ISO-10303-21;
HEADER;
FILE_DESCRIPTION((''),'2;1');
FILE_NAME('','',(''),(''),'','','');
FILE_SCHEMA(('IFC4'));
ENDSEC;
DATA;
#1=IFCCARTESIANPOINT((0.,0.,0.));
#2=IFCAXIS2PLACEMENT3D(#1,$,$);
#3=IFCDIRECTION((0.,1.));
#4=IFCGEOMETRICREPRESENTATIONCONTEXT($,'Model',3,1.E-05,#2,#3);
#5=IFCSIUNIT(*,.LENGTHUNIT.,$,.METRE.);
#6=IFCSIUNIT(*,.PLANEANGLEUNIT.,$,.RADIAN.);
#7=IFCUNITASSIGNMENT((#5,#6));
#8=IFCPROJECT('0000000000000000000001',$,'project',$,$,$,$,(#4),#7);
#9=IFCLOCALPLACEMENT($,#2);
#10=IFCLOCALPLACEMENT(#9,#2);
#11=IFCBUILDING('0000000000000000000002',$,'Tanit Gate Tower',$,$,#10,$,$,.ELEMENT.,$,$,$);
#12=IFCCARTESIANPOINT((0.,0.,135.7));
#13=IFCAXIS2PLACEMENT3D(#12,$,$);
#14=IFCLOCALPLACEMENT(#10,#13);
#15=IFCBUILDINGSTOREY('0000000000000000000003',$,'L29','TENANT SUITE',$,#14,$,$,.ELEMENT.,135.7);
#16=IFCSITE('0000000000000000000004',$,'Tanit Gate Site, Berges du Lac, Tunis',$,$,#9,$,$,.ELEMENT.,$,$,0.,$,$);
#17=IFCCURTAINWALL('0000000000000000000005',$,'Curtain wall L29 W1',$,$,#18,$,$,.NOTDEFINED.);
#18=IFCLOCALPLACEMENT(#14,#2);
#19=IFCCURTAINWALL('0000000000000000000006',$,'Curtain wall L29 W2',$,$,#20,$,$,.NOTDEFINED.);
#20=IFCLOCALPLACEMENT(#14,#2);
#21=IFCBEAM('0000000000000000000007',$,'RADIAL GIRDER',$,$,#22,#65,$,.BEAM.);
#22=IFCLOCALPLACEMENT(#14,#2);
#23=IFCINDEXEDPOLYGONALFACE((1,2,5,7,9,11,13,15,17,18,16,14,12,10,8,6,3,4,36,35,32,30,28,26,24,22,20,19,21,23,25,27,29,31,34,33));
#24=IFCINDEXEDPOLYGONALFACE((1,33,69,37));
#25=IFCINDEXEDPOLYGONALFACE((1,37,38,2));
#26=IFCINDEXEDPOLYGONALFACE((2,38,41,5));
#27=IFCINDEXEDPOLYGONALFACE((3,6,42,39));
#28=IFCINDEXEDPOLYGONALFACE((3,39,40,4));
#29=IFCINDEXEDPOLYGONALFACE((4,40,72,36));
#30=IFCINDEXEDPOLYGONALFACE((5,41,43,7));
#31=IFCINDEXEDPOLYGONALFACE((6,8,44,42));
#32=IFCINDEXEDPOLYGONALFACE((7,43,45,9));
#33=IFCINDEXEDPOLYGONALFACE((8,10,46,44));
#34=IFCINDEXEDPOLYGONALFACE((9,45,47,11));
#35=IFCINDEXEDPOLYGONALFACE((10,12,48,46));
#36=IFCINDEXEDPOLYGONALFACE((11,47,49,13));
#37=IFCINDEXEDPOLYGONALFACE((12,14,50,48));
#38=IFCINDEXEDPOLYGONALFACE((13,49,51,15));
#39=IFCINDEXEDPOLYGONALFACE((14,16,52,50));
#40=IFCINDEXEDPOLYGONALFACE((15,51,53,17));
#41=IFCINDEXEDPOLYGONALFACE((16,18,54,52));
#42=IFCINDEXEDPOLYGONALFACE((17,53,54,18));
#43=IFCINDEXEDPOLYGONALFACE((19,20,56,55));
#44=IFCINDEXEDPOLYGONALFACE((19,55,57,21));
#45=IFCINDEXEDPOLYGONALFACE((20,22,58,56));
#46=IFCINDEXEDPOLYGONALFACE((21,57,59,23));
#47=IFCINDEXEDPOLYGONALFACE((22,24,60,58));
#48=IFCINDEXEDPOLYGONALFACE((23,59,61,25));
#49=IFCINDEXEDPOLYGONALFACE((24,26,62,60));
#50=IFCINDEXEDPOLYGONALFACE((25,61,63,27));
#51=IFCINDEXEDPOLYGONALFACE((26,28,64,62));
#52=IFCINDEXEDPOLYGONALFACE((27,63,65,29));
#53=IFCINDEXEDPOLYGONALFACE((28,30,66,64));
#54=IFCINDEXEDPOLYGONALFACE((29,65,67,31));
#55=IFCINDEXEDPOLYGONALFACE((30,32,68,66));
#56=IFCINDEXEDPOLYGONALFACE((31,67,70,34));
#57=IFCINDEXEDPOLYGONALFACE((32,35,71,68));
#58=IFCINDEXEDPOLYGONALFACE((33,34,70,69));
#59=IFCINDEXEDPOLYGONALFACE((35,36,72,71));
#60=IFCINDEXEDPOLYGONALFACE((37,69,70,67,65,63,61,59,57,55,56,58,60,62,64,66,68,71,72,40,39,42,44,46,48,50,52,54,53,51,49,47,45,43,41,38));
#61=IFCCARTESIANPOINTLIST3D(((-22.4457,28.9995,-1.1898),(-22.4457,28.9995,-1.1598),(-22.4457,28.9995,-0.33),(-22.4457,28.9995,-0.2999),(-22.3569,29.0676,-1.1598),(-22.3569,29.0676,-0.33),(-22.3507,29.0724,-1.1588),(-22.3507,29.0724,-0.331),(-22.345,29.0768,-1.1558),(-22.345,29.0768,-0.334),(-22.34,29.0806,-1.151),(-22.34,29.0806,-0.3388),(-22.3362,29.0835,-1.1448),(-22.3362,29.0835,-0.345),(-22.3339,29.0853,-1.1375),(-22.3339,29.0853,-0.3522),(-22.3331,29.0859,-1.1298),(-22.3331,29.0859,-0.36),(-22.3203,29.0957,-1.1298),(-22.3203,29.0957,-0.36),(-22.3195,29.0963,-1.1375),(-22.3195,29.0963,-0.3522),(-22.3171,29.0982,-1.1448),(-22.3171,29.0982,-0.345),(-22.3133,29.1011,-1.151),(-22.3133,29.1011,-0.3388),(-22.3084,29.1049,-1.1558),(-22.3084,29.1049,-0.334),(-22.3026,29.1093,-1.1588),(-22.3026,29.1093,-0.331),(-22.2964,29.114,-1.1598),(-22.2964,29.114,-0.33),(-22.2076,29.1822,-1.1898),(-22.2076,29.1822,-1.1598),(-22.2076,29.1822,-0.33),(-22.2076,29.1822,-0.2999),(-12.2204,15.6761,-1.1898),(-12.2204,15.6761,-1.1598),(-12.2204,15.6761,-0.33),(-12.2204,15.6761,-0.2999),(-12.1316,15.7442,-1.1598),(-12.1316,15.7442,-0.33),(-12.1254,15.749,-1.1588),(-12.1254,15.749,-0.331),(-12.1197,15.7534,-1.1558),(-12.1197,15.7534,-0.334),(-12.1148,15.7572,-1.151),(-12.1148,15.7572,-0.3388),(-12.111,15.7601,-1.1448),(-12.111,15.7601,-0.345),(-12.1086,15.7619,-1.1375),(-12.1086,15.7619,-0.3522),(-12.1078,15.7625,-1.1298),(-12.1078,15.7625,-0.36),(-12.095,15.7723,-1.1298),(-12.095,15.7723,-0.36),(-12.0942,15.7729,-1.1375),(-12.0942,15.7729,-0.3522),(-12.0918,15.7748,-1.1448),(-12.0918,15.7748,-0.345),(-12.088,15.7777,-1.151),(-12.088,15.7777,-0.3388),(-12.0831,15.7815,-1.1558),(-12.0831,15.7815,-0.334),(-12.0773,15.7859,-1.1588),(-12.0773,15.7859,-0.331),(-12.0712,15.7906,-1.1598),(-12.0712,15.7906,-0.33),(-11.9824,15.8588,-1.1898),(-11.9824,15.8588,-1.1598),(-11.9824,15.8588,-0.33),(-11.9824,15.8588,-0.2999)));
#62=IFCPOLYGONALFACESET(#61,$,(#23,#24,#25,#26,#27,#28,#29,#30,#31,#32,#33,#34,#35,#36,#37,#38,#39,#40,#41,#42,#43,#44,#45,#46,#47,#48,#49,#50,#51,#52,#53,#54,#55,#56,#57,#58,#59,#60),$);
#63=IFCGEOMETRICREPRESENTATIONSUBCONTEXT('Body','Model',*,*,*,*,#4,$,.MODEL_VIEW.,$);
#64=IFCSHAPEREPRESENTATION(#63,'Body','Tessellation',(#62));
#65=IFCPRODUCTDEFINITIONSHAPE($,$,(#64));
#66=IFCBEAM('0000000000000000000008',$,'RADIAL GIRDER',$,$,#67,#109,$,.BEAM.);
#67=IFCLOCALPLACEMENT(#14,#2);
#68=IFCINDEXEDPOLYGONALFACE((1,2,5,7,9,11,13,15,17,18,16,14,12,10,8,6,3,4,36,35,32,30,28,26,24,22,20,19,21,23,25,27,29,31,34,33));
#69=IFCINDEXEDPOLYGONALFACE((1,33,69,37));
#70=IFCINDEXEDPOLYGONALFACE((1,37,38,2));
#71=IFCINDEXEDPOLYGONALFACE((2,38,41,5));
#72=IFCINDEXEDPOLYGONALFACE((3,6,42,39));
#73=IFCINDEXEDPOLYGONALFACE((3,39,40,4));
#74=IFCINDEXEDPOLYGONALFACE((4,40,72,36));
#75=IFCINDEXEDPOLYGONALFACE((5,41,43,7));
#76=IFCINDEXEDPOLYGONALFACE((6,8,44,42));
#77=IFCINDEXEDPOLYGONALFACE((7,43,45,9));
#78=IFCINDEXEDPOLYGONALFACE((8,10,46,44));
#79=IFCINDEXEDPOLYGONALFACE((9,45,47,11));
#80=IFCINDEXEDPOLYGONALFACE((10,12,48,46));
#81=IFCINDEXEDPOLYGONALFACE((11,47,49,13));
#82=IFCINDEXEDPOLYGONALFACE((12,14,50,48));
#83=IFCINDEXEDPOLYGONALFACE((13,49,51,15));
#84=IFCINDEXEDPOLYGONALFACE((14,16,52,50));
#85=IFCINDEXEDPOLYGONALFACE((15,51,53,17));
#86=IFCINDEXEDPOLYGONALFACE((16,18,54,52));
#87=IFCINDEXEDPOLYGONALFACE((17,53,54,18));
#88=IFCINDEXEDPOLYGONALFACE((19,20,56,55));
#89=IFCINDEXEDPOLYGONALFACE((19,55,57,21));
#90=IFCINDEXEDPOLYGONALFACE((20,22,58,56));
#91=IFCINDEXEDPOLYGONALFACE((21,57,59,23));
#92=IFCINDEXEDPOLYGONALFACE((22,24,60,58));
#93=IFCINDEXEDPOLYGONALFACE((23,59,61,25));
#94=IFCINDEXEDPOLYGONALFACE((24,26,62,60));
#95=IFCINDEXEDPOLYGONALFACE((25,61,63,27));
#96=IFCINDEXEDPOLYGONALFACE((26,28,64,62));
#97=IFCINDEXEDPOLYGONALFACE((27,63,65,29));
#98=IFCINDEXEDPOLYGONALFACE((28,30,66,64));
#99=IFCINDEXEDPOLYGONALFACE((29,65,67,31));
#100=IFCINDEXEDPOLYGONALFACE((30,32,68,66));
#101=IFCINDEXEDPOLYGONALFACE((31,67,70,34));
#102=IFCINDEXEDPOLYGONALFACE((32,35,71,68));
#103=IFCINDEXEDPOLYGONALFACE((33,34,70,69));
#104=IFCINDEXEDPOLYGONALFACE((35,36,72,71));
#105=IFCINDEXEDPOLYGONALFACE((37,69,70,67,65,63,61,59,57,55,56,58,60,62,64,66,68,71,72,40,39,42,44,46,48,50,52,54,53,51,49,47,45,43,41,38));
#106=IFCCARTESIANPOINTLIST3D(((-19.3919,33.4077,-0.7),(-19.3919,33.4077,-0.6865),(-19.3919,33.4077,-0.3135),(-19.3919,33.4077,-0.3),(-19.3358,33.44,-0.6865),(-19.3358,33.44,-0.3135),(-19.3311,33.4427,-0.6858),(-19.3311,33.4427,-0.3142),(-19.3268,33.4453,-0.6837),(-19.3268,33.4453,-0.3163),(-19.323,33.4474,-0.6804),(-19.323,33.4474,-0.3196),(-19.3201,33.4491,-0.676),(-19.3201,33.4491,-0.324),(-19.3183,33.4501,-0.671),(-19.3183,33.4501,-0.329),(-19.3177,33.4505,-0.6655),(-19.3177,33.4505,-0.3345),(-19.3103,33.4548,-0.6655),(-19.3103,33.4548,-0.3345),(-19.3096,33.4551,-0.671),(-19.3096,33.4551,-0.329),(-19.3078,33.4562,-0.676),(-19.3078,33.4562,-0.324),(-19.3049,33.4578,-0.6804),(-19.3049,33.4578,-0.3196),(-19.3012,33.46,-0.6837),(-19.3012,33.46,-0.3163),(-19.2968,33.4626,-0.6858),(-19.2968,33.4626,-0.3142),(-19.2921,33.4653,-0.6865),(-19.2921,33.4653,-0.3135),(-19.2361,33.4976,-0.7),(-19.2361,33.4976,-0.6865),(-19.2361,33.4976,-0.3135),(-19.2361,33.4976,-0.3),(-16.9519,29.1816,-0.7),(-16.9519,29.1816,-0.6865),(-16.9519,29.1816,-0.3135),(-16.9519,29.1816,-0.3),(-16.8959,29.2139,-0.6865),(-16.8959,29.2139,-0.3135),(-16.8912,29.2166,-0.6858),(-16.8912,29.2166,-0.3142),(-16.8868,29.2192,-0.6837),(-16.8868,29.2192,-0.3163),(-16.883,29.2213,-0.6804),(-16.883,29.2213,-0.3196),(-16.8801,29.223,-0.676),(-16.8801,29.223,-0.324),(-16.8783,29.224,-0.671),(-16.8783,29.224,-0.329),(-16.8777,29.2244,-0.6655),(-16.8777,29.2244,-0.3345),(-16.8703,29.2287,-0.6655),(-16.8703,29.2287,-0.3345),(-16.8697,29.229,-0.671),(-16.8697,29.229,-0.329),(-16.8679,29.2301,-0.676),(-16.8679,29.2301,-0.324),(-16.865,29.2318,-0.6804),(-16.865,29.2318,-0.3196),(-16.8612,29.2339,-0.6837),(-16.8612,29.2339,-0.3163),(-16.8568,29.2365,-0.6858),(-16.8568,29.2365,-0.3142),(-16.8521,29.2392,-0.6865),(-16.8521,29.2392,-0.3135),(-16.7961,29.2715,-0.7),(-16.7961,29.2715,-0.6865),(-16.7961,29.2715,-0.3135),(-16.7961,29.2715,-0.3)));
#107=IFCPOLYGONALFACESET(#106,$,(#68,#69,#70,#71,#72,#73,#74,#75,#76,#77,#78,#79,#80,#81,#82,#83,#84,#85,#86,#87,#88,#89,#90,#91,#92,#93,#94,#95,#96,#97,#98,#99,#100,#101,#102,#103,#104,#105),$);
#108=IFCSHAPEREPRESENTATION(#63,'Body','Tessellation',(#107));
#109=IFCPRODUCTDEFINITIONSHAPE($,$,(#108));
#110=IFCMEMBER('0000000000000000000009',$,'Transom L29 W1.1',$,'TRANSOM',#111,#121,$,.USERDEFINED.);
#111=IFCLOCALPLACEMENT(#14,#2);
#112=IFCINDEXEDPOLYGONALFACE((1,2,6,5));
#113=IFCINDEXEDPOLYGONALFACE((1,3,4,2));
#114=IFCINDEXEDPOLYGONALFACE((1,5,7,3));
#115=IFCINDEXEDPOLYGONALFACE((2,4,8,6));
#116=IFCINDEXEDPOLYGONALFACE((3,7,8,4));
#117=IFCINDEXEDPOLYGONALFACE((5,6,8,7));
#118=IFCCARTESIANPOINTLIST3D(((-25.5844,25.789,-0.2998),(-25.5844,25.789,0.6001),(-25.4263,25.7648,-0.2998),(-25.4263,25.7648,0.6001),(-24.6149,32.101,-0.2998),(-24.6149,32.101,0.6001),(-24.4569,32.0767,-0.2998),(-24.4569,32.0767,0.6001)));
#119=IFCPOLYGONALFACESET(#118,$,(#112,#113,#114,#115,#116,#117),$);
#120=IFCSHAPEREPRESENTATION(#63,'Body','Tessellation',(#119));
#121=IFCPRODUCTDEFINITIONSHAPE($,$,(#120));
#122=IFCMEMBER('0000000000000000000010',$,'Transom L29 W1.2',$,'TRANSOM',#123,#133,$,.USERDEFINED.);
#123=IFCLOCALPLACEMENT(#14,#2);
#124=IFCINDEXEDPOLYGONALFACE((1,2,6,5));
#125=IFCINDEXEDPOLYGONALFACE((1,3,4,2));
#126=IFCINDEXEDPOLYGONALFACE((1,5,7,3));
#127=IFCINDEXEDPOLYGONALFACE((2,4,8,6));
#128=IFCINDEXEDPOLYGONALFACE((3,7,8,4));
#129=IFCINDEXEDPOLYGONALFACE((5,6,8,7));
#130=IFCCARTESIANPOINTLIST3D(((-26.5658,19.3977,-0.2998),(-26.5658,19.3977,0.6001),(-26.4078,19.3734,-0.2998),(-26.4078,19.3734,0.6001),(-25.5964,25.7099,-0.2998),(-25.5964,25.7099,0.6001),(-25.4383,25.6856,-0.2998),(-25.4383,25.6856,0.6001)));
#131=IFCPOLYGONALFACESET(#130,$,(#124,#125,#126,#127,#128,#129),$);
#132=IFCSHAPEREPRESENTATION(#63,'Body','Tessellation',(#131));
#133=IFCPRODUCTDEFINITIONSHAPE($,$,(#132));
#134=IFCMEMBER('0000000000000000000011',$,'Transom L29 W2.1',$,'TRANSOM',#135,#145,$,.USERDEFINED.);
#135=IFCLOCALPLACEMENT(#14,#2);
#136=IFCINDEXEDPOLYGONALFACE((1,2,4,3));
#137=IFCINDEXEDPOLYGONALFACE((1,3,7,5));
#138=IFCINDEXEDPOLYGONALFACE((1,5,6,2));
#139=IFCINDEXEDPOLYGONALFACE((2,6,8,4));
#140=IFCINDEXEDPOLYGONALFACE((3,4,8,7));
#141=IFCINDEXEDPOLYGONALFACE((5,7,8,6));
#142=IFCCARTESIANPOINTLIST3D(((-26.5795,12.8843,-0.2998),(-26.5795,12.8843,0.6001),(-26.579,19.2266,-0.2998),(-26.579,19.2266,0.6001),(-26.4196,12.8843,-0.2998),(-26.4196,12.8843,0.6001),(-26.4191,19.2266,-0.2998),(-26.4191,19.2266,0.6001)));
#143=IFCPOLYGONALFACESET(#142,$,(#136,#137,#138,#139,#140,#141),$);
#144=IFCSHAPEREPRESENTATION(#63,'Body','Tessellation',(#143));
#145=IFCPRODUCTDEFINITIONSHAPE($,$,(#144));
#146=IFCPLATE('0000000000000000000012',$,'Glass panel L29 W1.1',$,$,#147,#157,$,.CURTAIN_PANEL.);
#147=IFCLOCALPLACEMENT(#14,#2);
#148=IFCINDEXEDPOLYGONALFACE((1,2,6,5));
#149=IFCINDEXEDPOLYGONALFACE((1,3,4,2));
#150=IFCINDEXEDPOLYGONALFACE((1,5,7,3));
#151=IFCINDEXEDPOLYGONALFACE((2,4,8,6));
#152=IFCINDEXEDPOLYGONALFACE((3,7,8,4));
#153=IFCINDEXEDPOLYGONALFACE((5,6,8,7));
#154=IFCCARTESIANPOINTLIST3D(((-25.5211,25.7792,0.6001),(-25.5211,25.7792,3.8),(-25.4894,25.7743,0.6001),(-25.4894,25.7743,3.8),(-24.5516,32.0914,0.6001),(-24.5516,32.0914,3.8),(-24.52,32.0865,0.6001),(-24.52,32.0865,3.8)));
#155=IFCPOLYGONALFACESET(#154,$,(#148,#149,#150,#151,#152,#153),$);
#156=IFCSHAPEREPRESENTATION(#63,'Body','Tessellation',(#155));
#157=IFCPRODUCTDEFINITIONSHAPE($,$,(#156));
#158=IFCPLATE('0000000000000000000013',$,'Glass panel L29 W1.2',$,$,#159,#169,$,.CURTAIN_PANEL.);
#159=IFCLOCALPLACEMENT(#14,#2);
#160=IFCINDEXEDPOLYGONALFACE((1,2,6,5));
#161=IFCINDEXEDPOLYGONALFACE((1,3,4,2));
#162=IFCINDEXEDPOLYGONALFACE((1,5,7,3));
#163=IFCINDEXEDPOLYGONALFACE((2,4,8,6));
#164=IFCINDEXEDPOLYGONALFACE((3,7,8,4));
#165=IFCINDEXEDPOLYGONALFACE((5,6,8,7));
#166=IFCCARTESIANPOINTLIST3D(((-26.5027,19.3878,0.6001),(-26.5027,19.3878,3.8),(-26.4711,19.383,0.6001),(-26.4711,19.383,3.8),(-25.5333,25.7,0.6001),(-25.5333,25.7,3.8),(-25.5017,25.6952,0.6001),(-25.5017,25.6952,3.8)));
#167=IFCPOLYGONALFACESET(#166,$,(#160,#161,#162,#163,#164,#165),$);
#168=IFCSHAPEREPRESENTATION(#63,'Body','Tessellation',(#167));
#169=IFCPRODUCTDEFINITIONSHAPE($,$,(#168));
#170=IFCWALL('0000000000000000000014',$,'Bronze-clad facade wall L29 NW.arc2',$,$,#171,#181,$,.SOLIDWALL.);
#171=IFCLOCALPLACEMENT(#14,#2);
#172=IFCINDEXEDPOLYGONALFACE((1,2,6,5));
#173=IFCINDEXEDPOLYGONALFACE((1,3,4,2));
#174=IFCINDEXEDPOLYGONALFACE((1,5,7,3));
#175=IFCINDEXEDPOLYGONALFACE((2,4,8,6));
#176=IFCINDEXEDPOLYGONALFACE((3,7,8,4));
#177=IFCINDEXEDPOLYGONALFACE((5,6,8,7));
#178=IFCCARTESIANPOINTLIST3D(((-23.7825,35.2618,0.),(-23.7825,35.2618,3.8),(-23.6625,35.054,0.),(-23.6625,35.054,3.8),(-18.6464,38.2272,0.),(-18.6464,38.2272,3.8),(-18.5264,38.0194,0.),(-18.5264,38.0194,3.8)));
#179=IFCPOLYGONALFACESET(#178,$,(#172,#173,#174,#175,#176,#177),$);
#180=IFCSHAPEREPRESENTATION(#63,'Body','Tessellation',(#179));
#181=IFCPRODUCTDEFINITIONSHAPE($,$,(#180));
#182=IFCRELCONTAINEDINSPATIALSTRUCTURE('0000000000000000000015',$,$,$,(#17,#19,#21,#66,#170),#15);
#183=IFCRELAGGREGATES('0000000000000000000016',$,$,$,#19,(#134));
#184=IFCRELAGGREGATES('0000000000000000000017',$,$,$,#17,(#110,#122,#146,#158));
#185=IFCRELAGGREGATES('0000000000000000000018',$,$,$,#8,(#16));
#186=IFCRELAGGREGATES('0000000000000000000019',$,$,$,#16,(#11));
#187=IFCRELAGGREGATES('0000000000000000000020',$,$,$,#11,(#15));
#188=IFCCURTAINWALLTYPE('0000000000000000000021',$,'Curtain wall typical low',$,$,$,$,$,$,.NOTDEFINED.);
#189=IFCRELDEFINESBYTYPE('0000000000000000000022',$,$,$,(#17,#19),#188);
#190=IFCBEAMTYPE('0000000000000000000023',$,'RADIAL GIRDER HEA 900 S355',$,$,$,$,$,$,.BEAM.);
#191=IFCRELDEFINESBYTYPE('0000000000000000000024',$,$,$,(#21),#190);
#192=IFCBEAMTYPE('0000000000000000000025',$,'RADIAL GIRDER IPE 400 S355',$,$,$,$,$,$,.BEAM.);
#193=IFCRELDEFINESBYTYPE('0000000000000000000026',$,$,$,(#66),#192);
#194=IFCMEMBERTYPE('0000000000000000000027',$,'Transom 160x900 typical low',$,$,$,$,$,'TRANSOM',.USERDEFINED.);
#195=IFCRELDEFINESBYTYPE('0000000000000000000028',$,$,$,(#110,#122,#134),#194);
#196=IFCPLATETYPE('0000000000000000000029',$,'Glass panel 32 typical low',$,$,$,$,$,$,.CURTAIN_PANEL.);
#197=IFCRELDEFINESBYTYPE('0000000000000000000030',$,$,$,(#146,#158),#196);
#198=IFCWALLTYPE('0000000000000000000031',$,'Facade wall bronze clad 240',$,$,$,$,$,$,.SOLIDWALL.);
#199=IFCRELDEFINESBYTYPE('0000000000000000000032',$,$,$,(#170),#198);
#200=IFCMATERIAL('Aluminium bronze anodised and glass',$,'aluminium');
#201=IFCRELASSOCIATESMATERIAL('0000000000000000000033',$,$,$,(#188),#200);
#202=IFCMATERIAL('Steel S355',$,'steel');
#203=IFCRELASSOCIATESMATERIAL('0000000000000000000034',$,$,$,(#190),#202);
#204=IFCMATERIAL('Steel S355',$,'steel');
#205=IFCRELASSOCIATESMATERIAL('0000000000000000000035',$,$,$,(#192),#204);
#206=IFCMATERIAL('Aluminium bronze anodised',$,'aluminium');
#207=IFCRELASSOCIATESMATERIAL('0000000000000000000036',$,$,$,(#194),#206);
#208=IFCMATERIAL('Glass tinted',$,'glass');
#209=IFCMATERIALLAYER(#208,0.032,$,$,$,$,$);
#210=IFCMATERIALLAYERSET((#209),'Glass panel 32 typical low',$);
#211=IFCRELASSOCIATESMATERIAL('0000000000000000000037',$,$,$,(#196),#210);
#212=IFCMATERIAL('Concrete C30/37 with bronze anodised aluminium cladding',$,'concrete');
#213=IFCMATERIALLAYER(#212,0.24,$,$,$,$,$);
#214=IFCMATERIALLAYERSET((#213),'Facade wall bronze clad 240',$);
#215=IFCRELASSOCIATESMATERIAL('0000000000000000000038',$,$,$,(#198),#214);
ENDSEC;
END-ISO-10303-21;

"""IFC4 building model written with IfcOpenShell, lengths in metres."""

from ifc_helpers import new_model, si_unit, direction, frame, frame_2d, origin, origin_2d, place, context, subcontext, project, spatial, rectangle, i_section, extrude, material, layer, layer_set, material_profile, profile_set, type_object, element, aggregate, save


model = new_model("IFC4")

# Units and contexts
model_context = context("Model", 3, precision=1e-05, world=origin(), true_north=direction((0.0, 1.0)))
body_context = subcontext(model_context, "Body", "Model", "MODEL_VIEW")
ifc_project = project(units=[si_unit("LENGTHUNIT", "METRE"), si_unit("PLANEANGLEUNIT", "RADIAN")], contexts=[model_context])

# Site, building, storey
site_placement = place(None, origin())
site = spatial("IfcSite", under=ifc_project, at=site_placement, Name="Tanit Gate Site, Berges du Lac, Tunis", CompositionType="ELEMENT", RefElevation=0.0)
building_placement = place(site_placement, origin())
building = spatial("IfcBuilding", under=site, at=building_placement, Name="Tanit Gate Tower", CompositionType="ELEMENT")
storey_placement = place(building_placement, frame((0.0, 0.0, 135.7)))
storey = spatial("IfcBuildingStorey", under=building, at=storey_placement, Name="L29", Description="TENANT SUITE", CompositionType="ELEMENT", Elevation=135.7)

# Curtain walls
ifc_material_1 = material(Name="Aluminium bronze anodised and glass", Category="aluminium")
curtain_wall_type = type_object("IfcCurtainWallType", Name="Curtain wall typical low", PredefinedType="NOTDEFINED", material=ifc_material_1)
curtain_wall_1_placement = place(storey_placement, origin())
curtain_wall_1 = element("IfcCurtainWall", 1, at=curtain_wall_1_placement, inside=storey, type_object=curtain_wall_type, Name="Curtain wall L29 W1", PredefinedType="NOTDEFINED")
curtain_wall_2_placement = place(storey_placement, origin())
curtain_wall_2 = element("IfcCurtainWall", 2, at=curtain_wall_2_placement, inside=storey, type_object=curtain_wall_type, Name="Curtain wall L29 W2", PredefinedType="NOTDEFINED")

# Beams
ifc_material_2 = material(Name="Steel S355", Category="steel")
ifc_material_profile_1 = material_profile(ifc_material_2, i_section(OverallWidth=0.3, OverallDepth=0.8899, WebThickness=0.0161, FlangeThickness=0.03, FilletRadius=0.03, at=origin_2d()), Name="HEA 900")
ifc_profile_set_1 = profile_set([ifc_material_profile_1], Name="Steel S355")
beam_type_1 = type_object("IfcBeamType", Name="RADIAL GIRDER HEA 900 S355", PredefinedType="BEAM", material=ifc_profile_set_1)
beam_1_placement = place(storey_placement, frame((-22.3267, 29.0908, -0.7449), z_axis=(0.608832, -0.7933, 0.0), x_axis=(0.7933, 0.608832, 0.0)))
element("IfcBeam", 3, at=beam_1_placement, inside=storey, type_object=beam_type_1, Name="RADIAL GIRDER", PredefinedType="BEAM", context=body_context, shape_type="SweptSolid", body=[
    extrude(i_section(OverallWidth=0.3, OverallDepth=0.8899, WebThickness=0.0161, FlangeThickness=0.03, FilletRadius=0.03, at=origin_2d()), origin(), (0.0, 0.0, 1.0), 16.7949),
])
ifc_material_3 = material(Name="Steel S355", Category="steel")
ifc_material_profile_2 = material_profile(ifc_material_3, i_section(OverallWidth=0.1799, OverallDepth=0.3999, WebThickness=0.0085, FlangeThickness=0.0134, FilletRadius=0.021, at=origin_2d()), Name="IPE 400")
ifc_profile_set_2 = profile_set([ifc_material_profile_2], Name="Steel S355")
beam_type_2 = type_object("IfcBeamType", Name="RADIAL GIRDER IPE 400 S355", PredefinedType="BEAM", material=ifc_profile_set_2)
beam_2_placement = place(storey_placement, frame((-19.314, 33.4526, -0.5), z_axis=(0.500003, -0.866024, 0.0), x_axis=(0.866024, 0.500003, 0.0)))
element("IfcBeam", 4, at=beam_2_placement, inside=storey, type_object=beam_type_2, Name="RADIAL GIRDER", PredefinedType="BEAM", context=body_context, shape_type="SweptSolid", body=[
    extrude(i_section(OverallWidth=0.1799, OverallDepth=0.3999, WebThickness=0.0085, FlangeThickness=0.0134, FilletRadius=0.021, at=origin_2d()), origin(), (0.0, 0.0, 1.0), 4.8799),
])

# Members
ifc_material_4 = material(Name="Aluminium bronze anodised", Category="aluminium")
ifc_material_profile_3 = material_profile(ifc_material_4, rectangle(XDim=0.1599, YDim=0.8999, at=origin_2d()), Name="160x900 bronze transom")
ifc_profile_set_3 = profile_set([ifc_material_profile_3], Name="Aluminium bronze anodised")
member_type_1 = type_object("IfcMemberType", Name="Transom 160x900 typical low", ElementType="TRANSOM", PredefinedType="USERDEFINED", material=ifc_profile_set_3)
member_1_placement = place(storey_placement, frame((-24.5359, 32.0889, 0.1501), z_axis=(-0.151813, -0.988409, 0.0), x_axis=(0.988409, -0.151813, 0.0)))
member_1 = element("IfcMember", 5, at=member_1_placement, type_object=member_type_1, Name="Transom L29 W1.1", ObjectType="TRANSOM", PredefinedType="USERDEFINED", context=body_context, shape_type="SweptSolid", body=[
    extrude(rectangle(XDim=0.1599, YDim=0.8999, at=origin_2d()), origin(), (0.0, 0.0, 1.0), 6.386),
])
member_2_placement = place(storey_placement, frame((-25.5173, 25.6978, 0.1501), z_axis=(-0.151807, -0.98841, 0.0), x_axis=(0.98841, -0.151807, 0.0)))
member_2 = element("IfcMember", 6, at=member_2_placement, type_object=member_type_1, Name="Transom L29 W1.2", ObjectType="TRANSOM", PredefinedType="USERDEFINED", context=body_context, shape_type="SweptSolid", body=[
    extrude(rectangle(XDim=0.1599, YDim=0.8999, at=origin_2d()), origin(), (0.0, 0.0, 1.0), 6.3862),
])
member_3_placement = place(storey_placement, frame((-26.499, 19.2266, 0.1501), z_axis=(-0.000077, -1.0, 0.0), x_axis=(1.0, -0.000077, 0.0)))
member_3 = element("IfcMember", 7, at=member_3_placement, type_object=member_type_1, Name="Transom L29 W2.1", ObjectType="TRANSOM", PredefinedType="USERDEFINED", context=body_context, shape_type="SweptSolid", body=[
    extrude(rectangle(XDim=0.1599, YDim=0.8999, at=origin_2d()), origin(), (0.0, 0.0, 1.0), 6.3423),
])
aggregate(curtain_wall_2, [member_3])

# Plates
ifc_material_5 = material(Name="Glass tinted", Category="glass")
ifc_layer_1 = layer(ifc_material_5, 0.032)
ifc_layer_set_1 = layer_set([ifc_layer_1], Name="Glass panel 32 typical low")
plate_type = type_object("IfcPlateType", Name="Glass panel 32 typical low", PredefinedType="CURTAIN_PANEL", material=ifc_layer_set_1)
plate_1_placement = place(storey_placement, frame((-25.0205, 28.9329, 0.6001), z_axis=(0.0, 0.0, 1.0), x_axis=(-0.151807, -0.98841, 0.0)))
plate_1 = element("IfcPlate", 8, at=plate_1_placement, type_object=plate_type, Name="Glass panel L29 W1.1", PredefinedType="CURTAIN_PANEL", context=body_context, shape_type="SweptSolid", body=[
    extrude(rectangle(XDim=6.3862, YDim=0.032, at=origin_2d()), origin(), (0.0, 0.0, 1.0), 3.2),
])
plate_2_placement = place(storey_placement, frame((-26.0022, 22.5415, 0.6001), z_axis=(0.0, 0.0, 1.0), x_axis=(-0.151807, -0.98841, 0.0)))
plate_2 = element("IfcPlate", 9, at=plate_2_placement, type_object=plate_type, Name="Glass panel L29 W1.2", PredefinedType="CURTAIN_PANEL", context=body_context, shape_type="SweptSolid", body=[
    extrude(rectangle(XDim=6.3862, YDim=0.032, at=origin_2d()), origin(), (0.0, 0.0, 1.0), 3.2),
])
aggregate(curtain_wall_1, [member_1, member_2, plate_1, plate_2])

# Wall
ifc_material_6 = material(Name="Concrete C30/37 with bronze anodised aluminium cladding", Category="concrete")
ifc_layer_2 = layer(ifc_material_6, 0.24)
ifc_layer_set_2 = layer_set([ifc_layer_2], Name="Facade wall bronze clad 240")
wall_type_1 = type_object("IfcWallType", Name="Facade wall bronze clad 240", PredefinedType="SOLIDWALL", material=ifc_layer_set_2)
wall_1_placement = place(storey_placement, frame((-18.5864, 38.1233, 0.0), z_axis=(0.0, 0.0, 1.0), x_axis=(-0.86602, -0.500009, 0.0)))
element("IfcWall", 10, at=wall_1_placement, inside=storey, type_object=wall_type_1, Name="Bronze-clad facade wall L29 NW.arc2", PredefinedType="SOLIDWALL", context=body_context, shape_type="SweptSolid", body=[
    extrude(rectangle(XDim=5.9307, YDim=0.24, at=frame_2d((2.9653, 0.0))), origin(), (0.0, 0.0, 1.0), 3.8),
])

save(model, "model.ifc")
